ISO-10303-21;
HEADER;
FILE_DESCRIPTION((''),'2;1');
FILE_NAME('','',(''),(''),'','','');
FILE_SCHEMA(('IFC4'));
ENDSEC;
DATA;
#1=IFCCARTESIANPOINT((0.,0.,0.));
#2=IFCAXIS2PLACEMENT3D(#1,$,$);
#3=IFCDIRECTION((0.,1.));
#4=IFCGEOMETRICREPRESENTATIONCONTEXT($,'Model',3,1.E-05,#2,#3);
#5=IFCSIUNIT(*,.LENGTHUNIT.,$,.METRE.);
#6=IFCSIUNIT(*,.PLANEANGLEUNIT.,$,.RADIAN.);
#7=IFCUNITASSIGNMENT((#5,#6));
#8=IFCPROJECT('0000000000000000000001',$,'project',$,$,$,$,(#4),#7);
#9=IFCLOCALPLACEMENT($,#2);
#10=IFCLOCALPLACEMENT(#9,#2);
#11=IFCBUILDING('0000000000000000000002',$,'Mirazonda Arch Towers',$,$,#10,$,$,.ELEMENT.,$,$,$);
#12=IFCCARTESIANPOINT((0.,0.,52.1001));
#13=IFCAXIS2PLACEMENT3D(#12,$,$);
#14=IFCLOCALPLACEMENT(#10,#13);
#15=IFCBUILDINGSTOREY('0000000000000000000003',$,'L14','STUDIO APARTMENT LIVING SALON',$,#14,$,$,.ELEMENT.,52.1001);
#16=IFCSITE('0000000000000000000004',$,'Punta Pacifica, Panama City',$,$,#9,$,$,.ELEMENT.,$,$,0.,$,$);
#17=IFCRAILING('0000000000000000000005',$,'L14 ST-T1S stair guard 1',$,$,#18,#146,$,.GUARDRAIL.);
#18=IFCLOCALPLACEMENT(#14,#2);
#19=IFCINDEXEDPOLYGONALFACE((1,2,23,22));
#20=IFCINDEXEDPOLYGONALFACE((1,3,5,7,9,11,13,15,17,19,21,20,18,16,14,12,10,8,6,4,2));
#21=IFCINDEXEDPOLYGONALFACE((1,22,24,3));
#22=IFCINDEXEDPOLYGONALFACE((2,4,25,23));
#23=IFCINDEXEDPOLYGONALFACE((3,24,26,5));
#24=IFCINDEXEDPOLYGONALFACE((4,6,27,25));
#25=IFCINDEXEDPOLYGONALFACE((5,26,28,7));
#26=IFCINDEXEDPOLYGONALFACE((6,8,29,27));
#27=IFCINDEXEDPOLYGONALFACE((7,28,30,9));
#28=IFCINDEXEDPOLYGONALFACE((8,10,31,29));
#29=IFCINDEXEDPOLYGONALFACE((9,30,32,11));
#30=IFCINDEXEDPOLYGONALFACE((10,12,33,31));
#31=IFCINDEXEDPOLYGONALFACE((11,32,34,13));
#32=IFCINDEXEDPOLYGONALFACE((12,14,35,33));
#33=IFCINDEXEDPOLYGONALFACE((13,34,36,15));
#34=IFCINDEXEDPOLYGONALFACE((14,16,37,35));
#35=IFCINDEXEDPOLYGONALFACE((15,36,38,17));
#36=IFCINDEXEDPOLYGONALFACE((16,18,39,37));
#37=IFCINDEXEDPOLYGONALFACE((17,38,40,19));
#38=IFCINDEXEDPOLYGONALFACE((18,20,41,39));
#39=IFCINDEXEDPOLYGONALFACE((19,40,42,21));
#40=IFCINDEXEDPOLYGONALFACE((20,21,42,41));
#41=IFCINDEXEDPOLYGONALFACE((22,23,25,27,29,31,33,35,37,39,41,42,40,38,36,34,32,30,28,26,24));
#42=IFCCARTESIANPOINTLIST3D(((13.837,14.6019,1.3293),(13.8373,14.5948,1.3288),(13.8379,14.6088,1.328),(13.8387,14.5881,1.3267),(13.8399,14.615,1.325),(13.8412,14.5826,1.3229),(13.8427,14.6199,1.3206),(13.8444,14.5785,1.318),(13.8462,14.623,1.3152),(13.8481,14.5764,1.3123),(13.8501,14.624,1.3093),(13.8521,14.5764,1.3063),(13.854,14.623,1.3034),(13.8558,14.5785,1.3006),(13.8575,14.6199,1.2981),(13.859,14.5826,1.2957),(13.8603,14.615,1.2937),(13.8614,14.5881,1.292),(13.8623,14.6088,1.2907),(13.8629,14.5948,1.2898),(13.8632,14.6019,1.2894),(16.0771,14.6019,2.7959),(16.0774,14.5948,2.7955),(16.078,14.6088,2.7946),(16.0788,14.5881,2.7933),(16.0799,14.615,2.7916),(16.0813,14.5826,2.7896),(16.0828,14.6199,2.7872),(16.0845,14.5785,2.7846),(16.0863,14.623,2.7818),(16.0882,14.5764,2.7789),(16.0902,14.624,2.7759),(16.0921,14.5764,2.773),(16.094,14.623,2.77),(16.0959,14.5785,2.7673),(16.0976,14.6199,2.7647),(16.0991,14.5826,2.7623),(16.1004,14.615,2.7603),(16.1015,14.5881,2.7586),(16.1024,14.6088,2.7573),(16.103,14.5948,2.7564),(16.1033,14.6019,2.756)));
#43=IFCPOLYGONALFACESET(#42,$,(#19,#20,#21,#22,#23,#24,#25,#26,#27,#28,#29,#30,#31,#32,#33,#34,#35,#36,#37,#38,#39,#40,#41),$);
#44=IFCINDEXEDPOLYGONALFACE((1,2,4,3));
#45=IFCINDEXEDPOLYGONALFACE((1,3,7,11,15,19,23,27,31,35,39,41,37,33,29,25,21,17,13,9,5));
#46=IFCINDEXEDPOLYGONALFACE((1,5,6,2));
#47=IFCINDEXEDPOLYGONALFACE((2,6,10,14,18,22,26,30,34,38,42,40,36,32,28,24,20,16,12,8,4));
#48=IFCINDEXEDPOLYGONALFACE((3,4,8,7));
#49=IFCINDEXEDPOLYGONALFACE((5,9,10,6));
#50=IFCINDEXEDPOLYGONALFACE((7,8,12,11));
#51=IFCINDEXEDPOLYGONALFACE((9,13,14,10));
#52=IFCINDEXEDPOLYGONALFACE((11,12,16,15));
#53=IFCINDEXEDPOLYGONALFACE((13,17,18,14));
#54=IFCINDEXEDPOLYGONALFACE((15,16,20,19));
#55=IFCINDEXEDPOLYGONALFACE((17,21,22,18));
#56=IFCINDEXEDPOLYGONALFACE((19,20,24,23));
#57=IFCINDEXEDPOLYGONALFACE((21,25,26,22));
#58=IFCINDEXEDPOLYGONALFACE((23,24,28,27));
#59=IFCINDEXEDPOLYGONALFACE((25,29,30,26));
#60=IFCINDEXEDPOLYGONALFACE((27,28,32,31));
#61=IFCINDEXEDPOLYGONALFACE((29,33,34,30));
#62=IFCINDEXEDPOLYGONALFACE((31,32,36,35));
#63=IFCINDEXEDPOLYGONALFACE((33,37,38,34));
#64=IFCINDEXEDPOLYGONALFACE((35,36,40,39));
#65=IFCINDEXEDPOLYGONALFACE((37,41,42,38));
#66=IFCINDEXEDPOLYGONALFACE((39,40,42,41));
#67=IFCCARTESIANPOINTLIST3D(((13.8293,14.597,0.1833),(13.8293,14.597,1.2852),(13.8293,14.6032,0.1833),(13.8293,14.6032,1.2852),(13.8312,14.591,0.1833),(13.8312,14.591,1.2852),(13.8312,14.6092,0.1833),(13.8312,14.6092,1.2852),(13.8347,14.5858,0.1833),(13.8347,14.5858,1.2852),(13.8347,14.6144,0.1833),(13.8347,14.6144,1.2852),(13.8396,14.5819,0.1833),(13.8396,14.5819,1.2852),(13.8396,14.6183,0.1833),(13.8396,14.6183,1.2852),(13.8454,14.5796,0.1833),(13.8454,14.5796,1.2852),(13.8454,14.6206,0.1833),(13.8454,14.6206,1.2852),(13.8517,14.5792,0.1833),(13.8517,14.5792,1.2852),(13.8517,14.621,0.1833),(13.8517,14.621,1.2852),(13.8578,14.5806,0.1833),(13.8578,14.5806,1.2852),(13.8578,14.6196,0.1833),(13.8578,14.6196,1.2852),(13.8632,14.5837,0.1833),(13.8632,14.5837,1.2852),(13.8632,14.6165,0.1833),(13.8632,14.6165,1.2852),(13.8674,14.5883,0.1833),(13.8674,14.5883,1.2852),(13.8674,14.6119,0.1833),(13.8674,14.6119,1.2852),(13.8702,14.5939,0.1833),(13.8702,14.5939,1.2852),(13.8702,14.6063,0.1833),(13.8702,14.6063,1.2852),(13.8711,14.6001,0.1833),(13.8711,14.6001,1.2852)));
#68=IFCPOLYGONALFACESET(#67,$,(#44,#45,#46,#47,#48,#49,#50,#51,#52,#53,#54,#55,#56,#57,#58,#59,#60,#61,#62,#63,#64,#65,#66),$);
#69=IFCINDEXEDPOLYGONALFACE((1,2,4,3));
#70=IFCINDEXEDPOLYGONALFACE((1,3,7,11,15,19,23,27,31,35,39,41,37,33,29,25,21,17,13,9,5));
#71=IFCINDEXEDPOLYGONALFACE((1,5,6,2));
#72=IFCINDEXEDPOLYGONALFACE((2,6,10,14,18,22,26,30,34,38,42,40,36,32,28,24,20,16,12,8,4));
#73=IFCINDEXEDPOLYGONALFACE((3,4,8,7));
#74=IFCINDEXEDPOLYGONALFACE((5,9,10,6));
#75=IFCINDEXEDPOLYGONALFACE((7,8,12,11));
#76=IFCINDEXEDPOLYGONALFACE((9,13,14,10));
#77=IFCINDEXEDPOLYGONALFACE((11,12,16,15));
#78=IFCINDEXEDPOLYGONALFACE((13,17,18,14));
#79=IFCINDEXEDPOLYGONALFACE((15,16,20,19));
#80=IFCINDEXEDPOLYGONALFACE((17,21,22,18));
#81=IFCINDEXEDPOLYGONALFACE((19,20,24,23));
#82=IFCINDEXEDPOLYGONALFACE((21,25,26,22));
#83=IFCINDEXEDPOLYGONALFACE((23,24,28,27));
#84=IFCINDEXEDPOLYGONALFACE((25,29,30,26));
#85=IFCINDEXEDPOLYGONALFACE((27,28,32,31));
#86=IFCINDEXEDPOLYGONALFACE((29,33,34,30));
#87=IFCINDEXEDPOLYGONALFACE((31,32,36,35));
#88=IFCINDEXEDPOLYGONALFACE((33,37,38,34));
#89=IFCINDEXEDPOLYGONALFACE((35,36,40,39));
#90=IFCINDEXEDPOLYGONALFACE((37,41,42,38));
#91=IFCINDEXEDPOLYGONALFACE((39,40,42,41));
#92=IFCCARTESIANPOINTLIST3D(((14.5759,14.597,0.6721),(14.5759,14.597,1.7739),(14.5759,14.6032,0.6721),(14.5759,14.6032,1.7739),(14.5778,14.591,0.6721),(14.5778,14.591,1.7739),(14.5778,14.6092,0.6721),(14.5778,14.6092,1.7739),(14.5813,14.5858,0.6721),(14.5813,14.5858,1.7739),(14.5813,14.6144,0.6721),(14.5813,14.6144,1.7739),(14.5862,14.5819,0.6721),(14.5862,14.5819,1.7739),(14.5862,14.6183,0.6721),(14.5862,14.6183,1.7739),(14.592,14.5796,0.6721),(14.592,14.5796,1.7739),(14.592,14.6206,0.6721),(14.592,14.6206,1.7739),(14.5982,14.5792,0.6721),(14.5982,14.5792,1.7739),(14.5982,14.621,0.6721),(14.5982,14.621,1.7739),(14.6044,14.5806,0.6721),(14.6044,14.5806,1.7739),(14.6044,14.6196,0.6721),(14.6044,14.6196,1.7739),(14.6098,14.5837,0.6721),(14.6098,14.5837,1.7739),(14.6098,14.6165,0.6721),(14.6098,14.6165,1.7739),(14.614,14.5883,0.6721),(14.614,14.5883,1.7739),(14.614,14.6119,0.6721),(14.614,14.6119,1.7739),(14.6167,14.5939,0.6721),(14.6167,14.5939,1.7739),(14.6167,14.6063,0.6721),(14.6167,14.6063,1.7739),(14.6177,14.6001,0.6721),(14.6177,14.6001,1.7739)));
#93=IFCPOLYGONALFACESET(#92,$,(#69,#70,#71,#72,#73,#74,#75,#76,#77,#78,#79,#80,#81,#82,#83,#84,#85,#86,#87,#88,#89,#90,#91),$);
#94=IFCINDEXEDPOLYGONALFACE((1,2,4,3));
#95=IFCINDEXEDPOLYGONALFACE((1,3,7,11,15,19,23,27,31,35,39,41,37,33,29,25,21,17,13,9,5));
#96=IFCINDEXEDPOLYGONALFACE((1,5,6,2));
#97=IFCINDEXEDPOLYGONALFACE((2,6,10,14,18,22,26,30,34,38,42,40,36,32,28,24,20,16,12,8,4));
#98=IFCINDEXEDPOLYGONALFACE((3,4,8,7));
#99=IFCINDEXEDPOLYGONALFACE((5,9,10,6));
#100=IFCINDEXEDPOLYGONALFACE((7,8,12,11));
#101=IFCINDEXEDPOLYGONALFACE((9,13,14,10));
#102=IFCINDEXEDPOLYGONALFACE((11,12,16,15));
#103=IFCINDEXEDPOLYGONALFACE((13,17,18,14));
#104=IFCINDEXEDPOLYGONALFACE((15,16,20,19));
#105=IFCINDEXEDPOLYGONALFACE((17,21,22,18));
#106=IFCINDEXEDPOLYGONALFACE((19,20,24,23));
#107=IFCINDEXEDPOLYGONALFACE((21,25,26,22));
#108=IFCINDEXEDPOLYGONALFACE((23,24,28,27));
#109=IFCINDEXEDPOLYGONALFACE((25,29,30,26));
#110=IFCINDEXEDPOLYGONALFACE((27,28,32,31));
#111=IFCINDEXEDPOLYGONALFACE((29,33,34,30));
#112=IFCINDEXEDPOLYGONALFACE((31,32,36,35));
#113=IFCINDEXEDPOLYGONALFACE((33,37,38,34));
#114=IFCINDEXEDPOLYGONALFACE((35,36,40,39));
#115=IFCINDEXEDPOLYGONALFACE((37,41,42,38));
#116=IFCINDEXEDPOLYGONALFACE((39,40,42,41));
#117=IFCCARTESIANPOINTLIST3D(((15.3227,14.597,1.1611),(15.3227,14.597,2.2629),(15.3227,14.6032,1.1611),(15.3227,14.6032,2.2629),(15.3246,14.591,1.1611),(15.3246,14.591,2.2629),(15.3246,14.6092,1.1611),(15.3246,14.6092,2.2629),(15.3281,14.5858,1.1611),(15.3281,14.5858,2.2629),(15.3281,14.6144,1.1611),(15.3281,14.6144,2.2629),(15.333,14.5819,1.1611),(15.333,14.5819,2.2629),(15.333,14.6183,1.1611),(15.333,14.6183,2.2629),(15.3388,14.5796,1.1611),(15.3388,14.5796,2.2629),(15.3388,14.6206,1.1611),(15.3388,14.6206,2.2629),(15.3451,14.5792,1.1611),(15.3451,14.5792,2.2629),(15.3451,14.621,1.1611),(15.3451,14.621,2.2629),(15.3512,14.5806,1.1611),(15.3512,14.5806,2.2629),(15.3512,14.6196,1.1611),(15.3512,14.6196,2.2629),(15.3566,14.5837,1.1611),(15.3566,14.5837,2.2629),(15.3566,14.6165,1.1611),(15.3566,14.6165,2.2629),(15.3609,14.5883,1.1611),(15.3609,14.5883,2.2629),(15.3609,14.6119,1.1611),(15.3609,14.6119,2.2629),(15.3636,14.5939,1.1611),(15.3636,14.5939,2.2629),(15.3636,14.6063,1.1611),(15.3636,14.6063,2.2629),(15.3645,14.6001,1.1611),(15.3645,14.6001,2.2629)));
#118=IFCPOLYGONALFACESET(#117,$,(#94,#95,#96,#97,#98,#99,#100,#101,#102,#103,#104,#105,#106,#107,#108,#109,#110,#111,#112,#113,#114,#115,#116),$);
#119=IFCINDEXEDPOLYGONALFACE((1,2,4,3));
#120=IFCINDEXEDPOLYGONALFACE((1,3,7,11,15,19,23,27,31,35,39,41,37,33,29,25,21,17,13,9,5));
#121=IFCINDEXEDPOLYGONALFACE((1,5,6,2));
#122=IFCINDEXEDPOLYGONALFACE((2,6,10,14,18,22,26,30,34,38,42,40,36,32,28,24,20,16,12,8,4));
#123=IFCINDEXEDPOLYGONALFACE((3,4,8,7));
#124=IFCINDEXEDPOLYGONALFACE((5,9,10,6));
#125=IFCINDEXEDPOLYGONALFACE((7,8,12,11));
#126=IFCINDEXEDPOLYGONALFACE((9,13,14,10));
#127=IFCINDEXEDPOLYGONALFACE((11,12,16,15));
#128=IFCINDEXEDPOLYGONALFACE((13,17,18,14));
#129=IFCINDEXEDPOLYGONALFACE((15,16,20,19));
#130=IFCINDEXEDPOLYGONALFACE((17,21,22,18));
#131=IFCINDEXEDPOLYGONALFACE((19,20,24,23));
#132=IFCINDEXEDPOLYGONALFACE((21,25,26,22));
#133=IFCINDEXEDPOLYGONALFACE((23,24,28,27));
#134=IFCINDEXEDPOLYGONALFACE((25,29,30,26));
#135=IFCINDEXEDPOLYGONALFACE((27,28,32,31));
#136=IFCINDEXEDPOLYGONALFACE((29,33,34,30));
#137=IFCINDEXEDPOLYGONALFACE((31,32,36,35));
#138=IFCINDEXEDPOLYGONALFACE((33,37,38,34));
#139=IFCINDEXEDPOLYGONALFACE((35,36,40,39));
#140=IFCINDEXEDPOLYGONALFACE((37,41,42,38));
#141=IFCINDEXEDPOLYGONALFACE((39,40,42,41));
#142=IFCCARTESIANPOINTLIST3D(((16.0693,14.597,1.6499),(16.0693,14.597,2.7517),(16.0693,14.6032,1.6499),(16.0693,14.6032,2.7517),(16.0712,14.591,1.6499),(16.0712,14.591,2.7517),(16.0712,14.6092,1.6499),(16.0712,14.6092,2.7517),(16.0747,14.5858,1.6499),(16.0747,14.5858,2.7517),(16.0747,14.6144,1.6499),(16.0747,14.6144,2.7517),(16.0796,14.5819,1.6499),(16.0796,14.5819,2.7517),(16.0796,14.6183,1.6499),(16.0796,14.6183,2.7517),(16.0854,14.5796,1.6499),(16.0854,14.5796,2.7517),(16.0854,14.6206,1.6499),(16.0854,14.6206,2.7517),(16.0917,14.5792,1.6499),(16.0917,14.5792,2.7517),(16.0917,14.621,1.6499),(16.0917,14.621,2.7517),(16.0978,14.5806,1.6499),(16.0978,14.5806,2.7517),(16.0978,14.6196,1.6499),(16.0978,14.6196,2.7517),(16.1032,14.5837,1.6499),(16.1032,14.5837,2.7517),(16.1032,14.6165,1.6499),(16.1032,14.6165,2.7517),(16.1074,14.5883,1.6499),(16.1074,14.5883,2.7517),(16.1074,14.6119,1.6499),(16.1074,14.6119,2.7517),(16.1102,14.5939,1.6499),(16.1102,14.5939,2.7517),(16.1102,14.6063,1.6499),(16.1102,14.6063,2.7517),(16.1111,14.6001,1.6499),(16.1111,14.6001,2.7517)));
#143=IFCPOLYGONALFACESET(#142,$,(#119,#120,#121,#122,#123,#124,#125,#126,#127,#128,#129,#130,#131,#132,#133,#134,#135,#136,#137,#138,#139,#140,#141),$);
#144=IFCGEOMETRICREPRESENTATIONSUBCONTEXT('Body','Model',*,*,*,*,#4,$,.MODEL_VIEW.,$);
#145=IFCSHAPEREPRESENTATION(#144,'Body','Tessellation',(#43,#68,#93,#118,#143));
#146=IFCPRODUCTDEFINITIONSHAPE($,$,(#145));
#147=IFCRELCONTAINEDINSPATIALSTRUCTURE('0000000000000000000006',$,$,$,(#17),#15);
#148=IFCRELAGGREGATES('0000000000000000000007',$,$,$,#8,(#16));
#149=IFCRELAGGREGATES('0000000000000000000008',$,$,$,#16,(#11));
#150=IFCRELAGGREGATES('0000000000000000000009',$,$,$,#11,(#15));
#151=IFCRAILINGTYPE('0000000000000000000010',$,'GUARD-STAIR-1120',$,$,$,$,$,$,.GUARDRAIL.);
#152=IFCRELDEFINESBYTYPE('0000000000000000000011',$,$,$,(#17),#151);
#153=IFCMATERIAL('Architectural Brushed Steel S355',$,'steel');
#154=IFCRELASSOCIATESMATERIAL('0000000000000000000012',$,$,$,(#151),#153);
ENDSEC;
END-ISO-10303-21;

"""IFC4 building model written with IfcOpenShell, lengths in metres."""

from ifc_helpers import new_model, si_unit, direction, frame, origin, origin_2d, place, context, subcontext, project, spatial, circle, extrude, material, type_object, element, save


model = new_model("IFC4")

# Units and contexts
model_context = context("Model", 3, precision=1e-05, world=origin(), true_north=direction((0.0, 1.0)))
body_context = subcontext(model_context, "Body", "Model", "MODEL_VIEW")
ifc_project = project(units=[si_unit("LENGTHUNIT", "METRE"), si_unit("PLANEANGLEUNIT", "RADIAN")], contexts=[model_context])

# Site, building, storey
site_placement = place(None, origin())
site = spatial("IfcSite", under=ifc_project, at=site_placement, Name="Punta Pacifica, Panama City", CompositionType="ELEMENT", RefElevation=0.0)
building_placement = place(site_placement, origin())
building = spatial("IfcBuilding", under=site, at=building_placement, Name="Mirazonda Arch Towers", CompositionType="ELEMENT")
storey_placement = place(building_placement, frame((0.0, 0.0, 52.1001)))
storey = spatial("IfcBuildingStorey", under=building, at=storey_placement, Name="L14", Description="STUDIO APARTMENT LIVING SALON", CompositionType="ELEMENT", Elevation=52.1001)

# Shared definitions
ifc_material_1 = material(Name="Architectural Brushed Steel S355", Category="steel")

# Railing
railing_type_1 = type_object("IfcRailingType", Name="GUARD-STAIR-1120", PredefinedType="GUARDRAIL", material=ifc_material_1)
railing_1_placement = place(storey_placement, frame((13.8501, 14.6001, 0.1833)))
element("IfcRailing", 1, at=railing_1_placement, inside=storey, type_object=railing_type_1, Name="L14 ST-T1S stair guard 1", PredefinedType="GUARDRAIL", context=body_context, shape_type="SweptSolid", body=[
    extrude(circle(Radius=0.0239, at=origin_2d()), frame((0.0, 0.0, 1.126), z_axis=(0.836637, 0.0, 0.547758), x_axis=(0.0, 1.0, 0.0)), (0.0, 0.0, 1.0), 2.6775),
    extrude(circle(Radius=0.021, at=origin_2d()), origin(), (0.0, 0.0, 1.0), 1.1018),
    extrude(circle(Radius=0.021, at=origin_2d()), frame((0.7466, 0.0, 0.4888)), (0.0, 0.0, 1.0), 1.1018),
    extrude(circle(Radius=0.021, at=origin_2d()), frame((1.4934, 0.0, 0.9778)), (0.0, 0.0, 1.0), 1.1018),
    extrude(circle(Radius=0.021, at=origin_2d()), frame((2.24, 0.0, 1.4666)), (0.0, 0.0, 1.0), 1.1018),
])

save(model, "model.ifc")
